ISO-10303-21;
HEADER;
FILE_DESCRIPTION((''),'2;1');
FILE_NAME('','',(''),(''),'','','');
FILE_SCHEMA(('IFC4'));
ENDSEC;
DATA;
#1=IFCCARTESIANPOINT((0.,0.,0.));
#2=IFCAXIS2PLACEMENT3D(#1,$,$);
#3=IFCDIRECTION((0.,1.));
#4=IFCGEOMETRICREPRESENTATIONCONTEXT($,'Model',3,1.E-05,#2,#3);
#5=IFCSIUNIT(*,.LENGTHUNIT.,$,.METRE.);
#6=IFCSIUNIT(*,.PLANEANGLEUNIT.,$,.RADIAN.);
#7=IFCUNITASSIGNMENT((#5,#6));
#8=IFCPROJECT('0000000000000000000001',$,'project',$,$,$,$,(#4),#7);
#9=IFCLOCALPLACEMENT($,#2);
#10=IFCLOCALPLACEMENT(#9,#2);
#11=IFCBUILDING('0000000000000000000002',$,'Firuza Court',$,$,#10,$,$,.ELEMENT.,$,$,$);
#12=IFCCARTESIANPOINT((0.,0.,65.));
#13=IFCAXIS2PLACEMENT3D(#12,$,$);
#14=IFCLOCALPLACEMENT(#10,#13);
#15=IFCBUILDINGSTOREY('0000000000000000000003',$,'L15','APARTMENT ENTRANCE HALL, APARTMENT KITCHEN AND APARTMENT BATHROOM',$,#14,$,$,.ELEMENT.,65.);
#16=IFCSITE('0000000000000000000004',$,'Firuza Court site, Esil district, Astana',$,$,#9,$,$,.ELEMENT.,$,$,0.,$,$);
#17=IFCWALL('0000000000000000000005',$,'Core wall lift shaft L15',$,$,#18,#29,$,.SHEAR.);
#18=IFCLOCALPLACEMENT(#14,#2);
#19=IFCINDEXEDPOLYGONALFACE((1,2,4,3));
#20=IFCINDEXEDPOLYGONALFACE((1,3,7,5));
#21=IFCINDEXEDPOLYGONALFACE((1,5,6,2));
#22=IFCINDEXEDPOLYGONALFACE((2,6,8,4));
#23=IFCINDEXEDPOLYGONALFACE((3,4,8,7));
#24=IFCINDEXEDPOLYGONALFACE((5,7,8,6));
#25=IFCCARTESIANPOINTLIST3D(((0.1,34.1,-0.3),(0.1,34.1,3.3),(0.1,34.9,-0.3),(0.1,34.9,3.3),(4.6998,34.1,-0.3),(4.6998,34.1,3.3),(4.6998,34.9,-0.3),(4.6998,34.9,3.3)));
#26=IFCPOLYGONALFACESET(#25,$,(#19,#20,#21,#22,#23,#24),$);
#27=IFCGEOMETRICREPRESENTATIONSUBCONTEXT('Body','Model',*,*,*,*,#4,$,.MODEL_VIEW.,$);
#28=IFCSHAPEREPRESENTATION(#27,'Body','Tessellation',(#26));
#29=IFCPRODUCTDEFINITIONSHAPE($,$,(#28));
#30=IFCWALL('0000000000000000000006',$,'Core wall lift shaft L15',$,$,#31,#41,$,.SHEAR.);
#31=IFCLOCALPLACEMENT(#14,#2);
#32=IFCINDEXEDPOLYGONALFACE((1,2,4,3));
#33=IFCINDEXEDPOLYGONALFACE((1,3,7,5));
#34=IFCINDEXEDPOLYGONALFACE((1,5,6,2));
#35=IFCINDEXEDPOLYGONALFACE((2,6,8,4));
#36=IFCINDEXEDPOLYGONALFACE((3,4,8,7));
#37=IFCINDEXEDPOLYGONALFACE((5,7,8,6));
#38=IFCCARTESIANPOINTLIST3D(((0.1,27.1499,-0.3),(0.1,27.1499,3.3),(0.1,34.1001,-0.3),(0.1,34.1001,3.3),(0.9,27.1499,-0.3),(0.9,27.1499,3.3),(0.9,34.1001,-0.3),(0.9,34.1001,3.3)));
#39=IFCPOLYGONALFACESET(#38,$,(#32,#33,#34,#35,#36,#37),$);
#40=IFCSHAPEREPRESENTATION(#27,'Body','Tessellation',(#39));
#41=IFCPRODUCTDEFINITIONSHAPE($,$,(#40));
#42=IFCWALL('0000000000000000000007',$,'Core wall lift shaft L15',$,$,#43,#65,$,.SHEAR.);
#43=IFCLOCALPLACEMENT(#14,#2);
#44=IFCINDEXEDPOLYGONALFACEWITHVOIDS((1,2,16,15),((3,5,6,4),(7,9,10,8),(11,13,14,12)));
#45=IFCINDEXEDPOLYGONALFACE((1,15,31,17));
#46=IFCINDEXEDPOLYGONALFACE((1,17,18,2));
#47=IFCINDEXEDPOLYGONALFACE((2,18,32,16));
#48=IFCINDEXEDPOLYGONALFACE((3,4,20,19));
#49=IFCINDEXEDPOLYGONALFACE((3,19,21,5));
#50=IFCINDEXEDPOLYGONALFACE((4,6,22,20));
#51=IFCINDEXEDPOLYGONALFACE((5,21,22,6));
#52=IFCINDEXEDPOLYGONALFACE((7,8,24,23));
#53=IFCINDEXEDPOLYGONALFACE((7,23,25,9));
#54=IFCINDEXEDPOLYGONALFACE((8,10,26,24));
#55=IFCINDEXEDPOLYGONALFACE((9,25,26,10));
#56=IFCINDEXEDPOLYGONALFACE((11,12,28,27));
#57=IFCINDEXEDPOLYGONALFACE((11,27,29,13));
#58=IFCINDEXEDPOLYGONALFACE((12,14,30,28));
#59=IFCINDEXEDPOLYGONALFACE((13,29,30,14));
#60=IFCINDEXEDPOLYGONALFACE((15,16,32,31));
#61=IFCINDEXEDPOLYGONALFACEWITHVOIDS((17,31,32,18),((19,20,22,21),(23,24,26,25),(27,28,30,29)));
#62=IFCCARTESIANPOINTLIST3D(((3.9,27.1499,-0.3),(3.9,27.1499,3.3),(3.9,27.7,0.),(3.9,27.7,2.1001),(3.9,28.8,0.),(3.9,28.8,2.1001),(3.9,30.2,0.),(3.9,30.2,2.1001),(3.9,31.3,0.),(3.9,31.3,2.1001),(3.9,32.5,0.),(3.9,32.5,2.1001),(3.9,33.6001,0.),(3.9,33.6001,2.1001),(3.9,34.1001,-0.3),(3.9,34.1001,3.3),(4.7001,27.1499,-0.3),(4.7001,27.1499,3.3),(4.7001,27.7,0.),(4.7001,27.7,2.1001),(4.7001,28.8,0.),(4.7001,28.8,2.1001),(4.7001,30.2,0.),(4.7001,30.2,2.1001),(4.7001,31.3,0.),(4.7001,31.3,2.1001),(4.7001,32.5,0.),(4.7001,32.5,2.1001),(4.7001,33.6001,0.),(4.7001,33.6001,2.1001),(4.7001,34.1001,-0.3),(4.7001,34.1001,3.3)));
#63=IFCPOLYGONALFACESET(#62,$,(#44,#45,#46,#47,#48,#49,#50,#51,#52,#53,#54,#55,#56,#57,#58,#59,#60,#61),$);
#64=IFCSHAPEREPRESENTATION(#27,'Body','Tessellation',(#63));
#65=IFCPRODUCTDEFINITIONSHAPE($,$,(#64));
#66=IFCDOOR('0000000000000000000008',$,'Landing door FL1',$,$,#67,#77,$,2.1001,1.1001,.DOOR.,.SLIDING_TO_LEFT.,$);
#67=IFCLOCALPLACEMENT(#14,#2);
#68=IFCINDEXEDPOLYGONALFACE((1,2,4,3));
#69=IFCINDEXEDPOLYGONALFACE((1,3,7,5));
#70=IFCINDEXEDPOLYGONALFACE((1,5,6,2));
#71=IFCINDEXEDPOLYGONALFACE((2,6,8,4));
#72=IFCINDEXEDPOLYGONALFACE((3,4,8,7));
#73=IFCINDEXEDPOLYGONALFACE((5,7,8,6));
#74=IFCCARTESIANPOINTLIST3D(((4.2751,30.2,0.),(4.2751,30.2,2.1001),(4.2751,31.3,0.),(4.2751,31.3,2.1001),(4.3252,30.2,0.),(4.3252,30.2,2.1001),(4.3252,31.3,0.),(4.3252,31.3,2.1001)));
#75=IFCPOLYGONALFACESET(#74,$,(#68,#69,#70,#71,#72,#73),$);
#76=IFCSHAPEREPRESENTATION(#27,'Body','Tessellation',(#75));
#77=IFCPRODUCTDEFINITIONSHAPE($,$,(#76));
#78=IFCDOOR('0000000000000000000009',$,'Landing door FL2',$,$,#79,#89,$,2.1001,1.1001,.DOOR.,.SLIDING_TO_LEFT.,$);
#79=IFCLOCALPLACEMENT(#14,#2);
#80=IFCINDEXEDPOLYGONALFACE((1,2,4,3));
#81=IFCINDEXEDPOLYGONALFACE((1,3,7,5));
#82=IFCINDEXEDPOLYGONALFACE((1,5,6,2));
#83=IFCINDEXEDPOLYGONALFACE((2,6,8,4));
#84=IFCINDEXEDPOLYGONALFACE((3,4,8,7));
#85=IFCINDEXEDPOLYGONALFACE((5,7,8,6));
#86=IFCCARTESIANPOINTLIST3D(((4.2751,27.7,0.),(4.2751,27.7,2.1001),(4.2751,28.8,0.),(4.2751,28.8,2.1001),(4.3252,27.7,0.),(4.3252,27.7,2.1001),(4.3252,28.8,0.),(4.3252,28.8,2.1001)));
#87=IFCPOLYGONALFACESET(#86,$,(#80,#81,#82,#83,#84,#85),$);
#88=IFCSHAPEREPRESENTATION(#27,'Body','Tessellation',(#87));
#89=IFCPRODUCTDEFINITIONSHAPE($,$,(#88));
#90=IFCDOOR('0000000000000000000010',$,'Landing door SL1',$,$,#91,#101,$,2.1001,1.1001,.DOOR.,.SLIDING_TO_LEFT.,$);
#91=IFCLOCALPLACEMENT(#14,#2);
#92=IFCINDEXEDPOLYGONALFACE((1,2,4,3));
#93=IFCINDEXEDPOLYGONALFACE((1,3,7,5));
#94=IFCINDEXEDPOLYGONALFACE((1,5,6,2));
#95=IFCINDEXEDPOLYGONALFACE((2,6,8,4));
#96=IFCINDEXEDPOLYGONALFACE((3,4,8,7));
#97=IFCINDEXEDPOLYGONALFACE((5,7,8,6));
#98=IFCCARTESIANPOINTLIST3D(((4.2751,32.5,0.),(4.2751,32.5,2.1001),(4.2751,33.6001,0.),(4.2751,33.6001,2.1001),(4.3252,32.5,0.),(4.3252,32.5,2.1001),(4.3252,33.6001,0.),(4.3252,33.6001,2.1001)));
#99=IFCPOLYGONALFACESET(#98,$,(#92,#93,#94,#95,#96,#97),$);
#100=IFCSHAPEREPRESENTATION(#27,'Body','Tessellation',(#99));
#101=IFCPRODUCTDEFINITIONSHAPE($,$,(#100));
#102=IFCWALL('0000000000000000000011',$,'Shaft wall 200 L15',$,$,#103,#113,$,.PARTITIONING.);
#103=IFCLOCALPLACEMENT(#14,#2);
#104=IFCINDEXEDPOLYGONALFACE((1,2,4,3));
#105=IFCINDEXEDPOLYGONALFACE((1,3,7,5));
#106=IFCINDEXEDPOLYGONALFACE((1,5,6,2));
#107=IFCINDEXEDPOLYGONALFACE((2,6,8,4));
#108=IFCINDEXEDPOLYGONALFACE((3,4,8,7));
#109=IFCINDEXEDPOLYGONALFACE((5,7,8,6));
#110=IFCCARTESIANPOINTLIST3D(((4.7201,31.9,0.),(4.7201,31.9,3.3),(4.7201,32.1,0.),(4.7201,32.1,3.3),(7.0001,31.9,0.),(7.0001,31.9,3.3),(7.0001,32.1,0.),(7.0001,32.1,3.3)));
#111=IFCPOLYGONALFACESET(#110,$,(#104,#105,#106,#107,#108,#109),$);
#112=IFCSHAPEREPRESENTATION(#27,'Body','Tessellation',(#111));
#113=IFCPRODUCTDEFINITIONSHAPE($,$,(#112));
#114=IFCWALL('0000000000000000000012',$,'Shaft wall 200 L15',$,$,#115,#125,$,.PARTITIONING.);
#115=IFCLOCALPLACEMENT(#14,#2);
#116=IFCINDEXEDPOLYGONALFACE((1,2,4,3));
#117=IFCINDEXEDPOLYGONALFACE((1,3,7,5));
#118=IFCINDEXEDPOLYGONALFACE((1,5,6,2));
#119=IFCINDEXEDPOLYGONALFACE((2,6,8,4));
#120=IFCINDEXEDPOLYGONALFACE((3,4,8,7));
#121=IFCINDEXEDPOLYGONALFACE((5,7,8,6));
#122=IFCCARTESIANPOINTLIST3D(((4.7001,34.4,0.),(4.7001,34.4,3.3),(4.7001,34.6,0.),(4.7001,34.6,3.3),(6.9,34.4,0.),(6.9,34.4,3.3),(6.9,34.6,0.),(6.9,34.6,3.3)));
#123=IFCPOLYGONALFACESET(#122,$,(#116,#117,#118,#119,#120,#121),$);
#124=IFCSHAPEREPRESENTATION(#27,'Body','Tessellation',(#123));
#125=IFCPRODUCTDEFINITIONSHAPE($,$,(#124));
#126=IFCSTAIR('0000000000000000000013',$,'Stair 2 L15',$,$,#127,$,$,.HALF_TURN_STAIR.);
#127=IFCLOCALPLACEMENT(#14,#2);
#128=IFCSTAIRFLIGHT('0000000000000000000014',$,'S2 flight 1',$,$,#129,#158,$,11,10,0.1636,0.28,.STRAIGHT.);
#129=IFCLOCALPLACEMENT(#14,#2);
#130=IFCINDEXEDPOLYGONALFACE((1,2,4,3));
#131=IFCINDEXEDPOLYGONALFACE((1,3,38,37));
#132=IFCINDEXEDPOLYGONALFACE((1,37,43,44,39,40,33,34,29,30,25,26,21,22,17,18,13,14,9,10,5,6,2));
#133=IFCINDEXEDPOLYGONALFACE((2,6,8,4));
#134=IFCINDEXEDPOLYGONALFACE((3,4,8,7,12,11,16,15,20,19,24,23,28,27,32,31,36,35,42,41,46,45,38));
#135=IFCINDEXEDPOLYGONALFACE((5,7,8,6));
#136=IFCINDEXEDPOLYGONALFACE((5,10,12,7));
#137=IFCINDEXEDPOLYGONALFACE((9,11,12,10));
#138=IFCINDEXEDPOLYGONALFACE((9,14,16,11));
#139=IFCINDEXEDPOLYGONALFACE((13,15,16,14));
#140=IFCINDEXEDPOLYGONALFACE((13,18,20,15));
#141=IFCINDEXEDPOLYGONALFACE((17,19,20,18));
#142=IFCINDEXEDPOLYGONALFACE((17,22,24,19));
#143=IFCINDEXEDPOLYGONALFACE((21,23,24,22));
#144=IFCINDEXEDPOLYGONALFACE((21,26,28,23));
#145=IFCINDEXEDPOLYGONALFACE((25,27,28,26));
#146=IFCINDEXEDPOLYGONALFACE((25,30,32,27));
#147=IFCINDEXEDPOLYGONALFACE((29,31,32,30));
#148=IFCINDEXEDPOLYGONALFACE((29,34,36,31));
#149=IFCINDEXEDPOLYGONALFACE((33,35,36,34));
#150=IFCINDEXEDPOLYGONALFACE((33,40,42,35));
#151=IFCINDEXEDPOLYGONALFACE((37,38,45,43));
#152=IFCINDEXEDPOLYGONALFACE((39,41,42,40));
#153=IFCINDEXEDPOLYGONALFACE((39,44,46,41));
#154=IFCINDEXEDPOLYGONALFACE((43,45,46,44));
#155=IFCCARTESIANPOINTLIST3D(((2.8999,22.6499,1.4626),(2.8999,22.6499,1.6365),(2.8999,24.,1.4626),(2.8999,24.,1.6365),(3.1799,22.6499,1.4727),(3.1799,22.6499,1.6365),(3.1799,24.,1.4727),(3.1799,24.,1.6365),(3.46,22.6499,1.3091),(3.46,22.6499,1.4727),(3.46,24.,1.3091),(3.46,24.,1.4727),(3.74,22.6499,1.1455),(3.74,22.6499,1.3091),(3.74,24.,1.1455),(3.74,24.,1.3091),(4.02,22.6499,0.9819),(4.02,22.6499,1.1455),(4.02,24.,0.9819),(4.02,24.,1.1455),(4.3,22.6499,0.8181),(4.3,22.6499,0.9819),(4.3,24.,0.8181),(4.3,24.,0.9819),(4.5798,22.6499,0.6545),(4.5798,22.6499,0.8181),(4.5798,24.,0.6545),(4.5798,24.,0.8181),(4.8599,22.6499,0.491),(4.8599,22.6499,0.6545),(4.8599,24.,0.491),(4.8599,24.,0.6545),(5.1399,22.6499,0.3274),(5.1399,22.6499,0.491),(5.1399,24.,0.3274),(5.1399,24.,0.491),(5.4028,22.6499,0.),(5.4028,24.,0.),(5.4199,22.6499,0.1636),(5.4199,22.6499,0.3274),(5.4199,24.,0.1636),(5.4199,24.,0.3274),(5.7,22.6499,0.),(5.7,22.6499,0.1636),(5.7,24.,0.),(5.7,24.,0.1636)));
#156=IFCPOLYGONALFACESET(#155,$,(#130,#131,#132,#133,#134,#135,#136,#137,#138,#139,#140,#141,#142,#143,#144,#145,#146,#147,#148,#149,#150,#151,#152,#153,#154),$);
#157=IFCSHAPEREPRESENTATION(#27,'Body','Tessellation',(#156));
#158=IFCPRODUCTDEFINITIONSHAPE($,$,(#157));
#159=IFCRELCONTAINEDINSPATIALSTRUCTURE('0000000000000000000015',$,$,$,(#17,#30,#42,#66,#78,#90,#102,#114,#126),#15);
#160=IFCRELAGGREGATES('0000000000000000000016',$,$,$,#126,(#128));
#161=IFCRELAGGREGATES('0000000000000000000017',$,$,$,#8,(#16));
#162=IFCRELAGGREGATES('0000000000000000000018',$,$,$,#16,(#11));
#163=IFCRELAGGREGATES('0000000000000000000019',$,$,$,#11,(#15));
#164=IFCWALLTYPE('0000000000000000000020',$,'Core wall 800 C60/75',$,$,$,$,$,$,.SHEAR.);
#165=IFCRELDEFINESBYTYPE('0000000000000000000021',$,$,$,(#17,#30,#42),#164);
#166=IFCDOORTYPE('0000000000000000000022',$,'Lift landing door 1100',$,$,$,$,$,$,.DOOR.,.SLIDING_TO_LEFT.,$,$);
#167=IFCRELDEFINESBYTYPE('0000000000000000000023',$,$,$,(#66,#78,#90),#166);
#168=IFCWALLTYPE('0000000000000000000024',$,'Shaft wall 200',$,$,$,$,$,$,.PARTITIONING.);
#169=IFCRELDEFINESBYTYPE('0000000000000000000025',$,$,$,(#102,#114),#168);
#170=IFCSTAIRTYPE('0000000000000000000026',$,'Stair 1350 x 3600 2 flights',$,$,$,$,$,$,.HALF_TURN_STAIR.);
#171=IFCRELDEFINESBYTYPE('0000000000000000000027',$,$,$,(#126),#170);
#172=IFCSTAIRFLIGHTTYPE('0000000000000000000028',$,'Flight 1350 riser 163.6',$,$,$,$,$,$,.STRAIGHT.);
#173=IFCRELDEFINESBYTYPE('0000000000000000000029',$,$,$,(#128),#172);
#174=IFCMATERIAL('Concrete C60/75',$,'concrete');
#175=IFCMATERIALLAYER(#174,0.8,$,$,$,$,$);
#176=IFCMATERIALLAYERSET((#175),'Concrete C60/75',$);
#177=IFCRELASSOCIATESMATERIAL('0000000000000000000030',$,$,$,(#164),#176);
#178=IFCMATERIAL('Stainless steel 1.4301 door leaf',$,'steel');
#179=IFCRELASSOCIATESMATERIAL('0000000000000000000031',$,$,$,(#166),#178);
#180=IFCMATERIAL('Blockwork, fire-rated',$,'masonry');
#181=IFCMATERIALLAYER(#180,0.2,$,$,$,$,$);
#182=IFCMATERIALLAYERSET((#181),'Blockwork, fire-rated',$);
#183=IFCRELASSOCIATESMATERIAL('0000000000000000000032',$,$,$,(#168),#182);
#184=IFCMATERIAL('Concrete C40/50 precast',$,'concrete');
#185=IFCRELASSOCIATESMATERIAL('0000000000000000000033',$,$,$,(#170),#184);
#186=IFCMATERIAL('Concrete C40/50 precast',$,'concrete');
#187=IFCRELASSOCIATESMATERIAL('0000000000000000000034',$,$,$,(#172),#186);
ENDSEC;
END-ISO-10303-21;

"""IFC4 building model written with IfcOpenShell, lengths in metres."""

from ifc_helpers import new_model, si_unit, direction, frame, frame_2d, origin, place, context, subcontext, project, spatial, polyline, rectangle, outline, extrude, material, layer, layer_set, type_object, element, fill, aggregate, save


model = new_model("IFC4")

# Units and contexts
model_context = context("Model", 3, precision=1e-05, world=origin(), true_north=direction((0.0, 1.0)))
body_context = subcontext(model_context, "Body", "Model", "MODEL_VIEW")
ifc_project = project(units=[si_unit("LENGTHUNIT", "METRE"), si_unit("PLANEANGLEUNIT", "RADIAN")], contexts=[model_context])

# Site, building, storey
site_placement = place(None, origin())
site = spatial("IfcSite", under=ifc_project, at=site_placement, Name="Firuza Court site, Esil district, Astana", CompositionType="ELEMENT", RefElevation=0.0)
building_placement = place(site_placement, origin())
building = spatial("IfcBuilding", under=site, at=building_placement, Name="Firuza Court", CompositionType="ELEMENT")
storey_placement = place(building_placement, frame((0.0, 0.0, 65.0)))
storey = spatial("IfcBuildingStorey", under=building, at=storey_placement, Name="L15", Description="APARTMENT ENTRANCE HALL, APARTMENT KITCHEN AND APARTMENT BATHROOM", CompositionType="ELEMENT", Elevation=65.0)

# Shared definitions
ifc_material_1 = material(Name="Concrete C60/75", Category="concrete")

# Walls
ifc_layer_1 = layer(ifc_material_1, 0.8)
ifc_layer_set_1 = layer_set([ifc_layer_1], Name="Concrete C60/75")
wall_type_1 = type_object("IfcWallType", Name="Core wall 800 C60/75", PredefinedType="SHEAR", material=ifc_layer_set_1)
wall_1_placement = place(storey_placement, frame((0.1001, 34.5, -0.3), z_axis=(0.0, 0.0, 1.0), x_axis=(1.0, 0.0, 0.0)))
element("IfcWall", 1, at=wall_1_placement, inside=storey, type_object=wall_type_1, Name="Core wall lift shaft L15", PredefinedType="SHEAR", context=body_context, shape_type="SweptSolid", body=[
    extrude(rectangle(XDim=4.5999, YDim=0.8, at=frame_2d((2.2998, 0.0))), origin(), (0.0, 0.0, 1.0), 3.6001),
])
wall_2_placement = place(storey_placement, frame((0.5, 27.1499, -0.3), z_axis=(0.0, 0.0, 1.0), x_axis=(0.0, 1.0, 0.0)))
element("IfcWall", 2, at=wall_2_placement, inside=storey, type_object=wall_type_1, Name="Core wall lift shaft L15", PredefinedType="SHEAR", context=body_context, shape_type="SweptSolid", body=[
    extrude(rectangle(XDim=6.9502, YDim=0.8, at=frame_2d((3.4751, 0.0))), origin(), (0.0, 0.0, 1.0), 3.6001),
])

# Wall, openings, doors
wall_3_placement = place(storey_placement, frame((4.3, 27.1499, -0.3), z_axis=(0.0, 0.0, 1.0), x_axis=(0.0, 1.0, 0.0)))
wall_3 = element("IfcWall", 3, at=wall_3_placement, inside=storey, type_object=wall_type_1, Name="Core wall lift shaft L15", PredefinedType="SHEAR", context=body_context, shape_type="SweptSolid", body=[
    extrude(rectangle(XDim=6.9502, YDim=0.8, at=frame_2d((3.4751, 0.0))), origin(), (0.0, 0.0, 1.0), 3.6001),
])
opening_1_placement = place(wall_3_placement, frame((3.05, 0.0, 0.3)))
opening_1 = element("IfcOpeningElement", 4, at=opening_1_placement, cuts=wall_3, PredefinedType="OPENING", context=body_context, shape_type="SweptSolid", body=[
    extrude(rectangle(XDim=1.1001, YDim=2.1001, at=frame_2d((0.55, 1.05))), frame((0.0, 0.4121, 0.0), z_axis=(0.0, -1.0, 0.0), x_axis=(1.0, 0.0, 0.0)), (0.0, 0.0, 1.0), 0.824),
])
opening_2_placement = place(wall_3_placement, frame((0.55, 0.0, 0.3)))
opening_2 = element("IfcOpeningElement", 5, at=opening_2_placement, cuts=wall_3, PredefinedType="OPENING", context=body_context, shape_type="SweptSolid", body=[
    extrude(rectangle(XDim=1.1001, YDim=2.1001, at=frame_2d((0.55, 1.05))), frame((0.0, 0.4121, 0.0), z_axis=(0.0, -1.0, 0.0), x_axis=(1.0, 0.0, 0.0)), (0.0, 0.0, 1.0), 0.824),
])
opening_3_placement = place(wall_3_placement, frame((5.3501, 0.0, 0.3)))
opening_3 = element("IfcOpeningElement", 6, at=opening_3_placement, cuts=wall_3, PredefinedType="OPENING", context=body_context, shape_type="SweptSolid", body=[
    extrude(rectangle(XDim=1.1001, YDim=2.1001, at=frame_2d((0.55, 1.05))), frame((0.0, 0.4121, 0.0), z_axis=(0.0, -1.0, 0.0), x_axis=(1.0, 0.0, 0.0)), (0.0, 0.0, 1.0), 0.824),
])
ifc_material_2 = material(Name="Stainless steel 1.4301 door leaf", Category="steel")
door_type_1 = type_object("IfcDoorType", Name="Lift landing door 1100", OperationType="SLIDING_TO_LEFT", PredefinedType="DOOR", material=ifc_material_2)
door_1_placement = place(opening_1_placement, origin())
door_1 = element("IfcDoor", 7, at=door_1_placement, inside=storey, type_object=door_type_1, Name="Landing door FL1", OperationType="SLIDING_TO_LEFT", OverallHeight=2.1001, OverallWidth=1.1001, PredefinedType="DOOR", context=body_context, shape_type="SweptSolid", body=[
    extrude(rectangle(XDim=1.1001, YDim=2.1001, at=frame_2d((0.55, 1.05))), frame((0.0, 0.0249, 0.0), z_axis=(0.0, -1.0, 0.0), x_axis=(1.0, 0.0, 0.0)), (0.0, 0.0, 1.0), 0.05),
])
fill(opening_1, door_1)
door_2_placement = place(opening_2_placement, origin())
door_2 = element("IfcDoor", 8, at=door_2_placement, inside=storey, type_object=door_type_1, Name="Landing door FL2", OperationType="SLIDING_TO_LEFT", OverallHeight=2.1001, OverallWidth=1.1001, PredefinedType="DOOR", context=body_context, shape_type="SweptSolid", body=[
    extrude(rectangle(XDim=1.1001, YDim=2.1001, at=frame_2d((0.55, 1.05))), frame((0.0, 0.0249, 0.0), z_axis=(0.0, -1.0, 0.0), x_axis=(1.0, 0.0, 0.0)), (0.0, 0.0, 1.0), 0.05),
])
fill(opening_2, door_2)
door_3_placement = place(opening_3_placement, origin())
door_3 = element("IfcDoor", 9, at=door_3_placement, inside=storey, type_object=door_type_1, Name="Landing door SL1", OperationType="SLIDING_TO_LEFT", OverallHeight=2.1001, OverallWidth=1.1001, PredefinedType="DOOR", context=body_context, shape_type="SweptSolid", body=[
    extrude(rectangle(XDim=1.1001, YDim=2.1001, at=frame_2d((0.55, 1.05))), frame((0.0, 0.0249, 0.0), z_axis=(0.0, -1.0, 0.0), x_axis=(1.0, 0.0, 0.0)), (0.0, 0.0, 1.0), 0.05),
])
fill(opening_3, door_3)

# Walls
ifc_material_3 = material(Name="Blockwork, fire-rated", Category="masonry")
ifc_layer_2 = layer(ifc_material_3, 0.2)
ifc_layer_set_2 = layer_set([ifc_layer_2], Name="Blockwork, fire-rated")
wall_type_2 = type_object("IfcWallType", Name="Shaft wall 200", PredefinedType="PARTITIONING", material=ifc_layer_set_2)
wall_4_placement = place(storey_placement, frame((4.72, 32.0, 0.0), z_axis=(0.0, 0.0, 1.0), x_axis=(1.0, 0.0, 0.0)))
element("IfcWall", 10, at=wall_4_placement, inside=storey, type_object=wall_type_2, Name="Shaft wall 200 L15", PredefinedType="PARTITIONING", context=body_context, shape_type="SweptSolid", body=[
    extrude(rectangle(XDim=2.28, YDim=0.2, at=frame_2d((1.1401, 0.0))), origin(), (0.0, 0.0, 1.0), 3.3),
])
wall_5_placement = place(storey_placement, frame((4.7, 34.5, 0.0), z_axis=(0.0, 0.0, 1.0), x_axis=(1.0, 0.0, 0.0)))
element("IfcWall", 11, at=wall_5_placement, inside=storey, type_object=wall_type_2, Name="Shaft wall 200 L15", PredefinedType="PARTITIONING", context=body_context, shape_type="SweptSolid", body=[
    extrude(rectangle(XDim=2.2, YDim=0.2, at=frame_2d((1.1001, 0.0))), origin(), (0.0, 0.0, 1.0), 3.3),
])

# Stair, stair flight
ifc_material_4 = material(Name="Concrete C40/50 precast", Category="concrete")
stair_type = type_object("IfcStairType", Name="Stair 1350 x 3600 2 flights", PredefinedType="HALF_TURN_STAIR", material=ifc_material_4)
stair_placement = place(storey_placement, origin())
stair = element("IfcStair", 12, at=stair_placement, inside=storey, type_object=stair_type, Name="Stair 2 L15", PredefinedType="HALF_TURN_STAIR")
ifc_material_5 = material(Name="Concrete C40/50 precast", Category="concrete")
stair_flight_type = type_object("IfcStairFlightType", Name="Flight 1350 riser 163.6", PredefinedType="STRAIGHT", material=ifc_material_5)
stair_flight_1_placement = place(storey_placement, frame((5.7, 23.325, 0.0), z_axis=(0.0, 0.0, 1.0), x_axis=(-1.0, 0.0, 0.0)))
stair_flight_1 = element("IfcStairFlight", 13, at=stair_flight_1_placement, type_object=stair_flight_type, Name="S2 flight 1", NumberOfRisers=11, NumberOfTreads=10, PredefinedType="STRAIGHT", RiserHeight=0.1636, TreadLength=0.28, context=body_context, shape_type="SweptSolid", body=[
    extrude(outline(polyline([(0.0, 0.0), (0.0, 0.1636), (0.28, 0.1636), (0.28, 0.3274), (0.5601, 0.3274), (0.5601, 0.491), (0.8401, 0.491), (0.8401, 0.6545), (1.1201, 0.6545), (1.1201, 0.8181), (1.3999, 0.8181), (1.3999, 0.9819), (1.6799, 0.9819), (1.6799, 1.1455), (1.96, 1.1455), (1.96, 1.3091), (2.24, 1.3091), (2.24, 1.4727), (2.52, 1.4727), (2.52, 1.6365), (2.8, 1.6365), (2.8, 1.8), (2.8, 1.4626), (0.2971, 0.0), (0.0, 0.0)])), frame((0.0, 0.675, 0.0), z_axis=(0.0, -1.0, 0.0), x_axis=(1.0, 0.0, 0.0)), (0.0, 0.0, 1.0), 1.3501),
])
aggregate(stair, [stair_flight_1])

save(model, "model.ifc")
